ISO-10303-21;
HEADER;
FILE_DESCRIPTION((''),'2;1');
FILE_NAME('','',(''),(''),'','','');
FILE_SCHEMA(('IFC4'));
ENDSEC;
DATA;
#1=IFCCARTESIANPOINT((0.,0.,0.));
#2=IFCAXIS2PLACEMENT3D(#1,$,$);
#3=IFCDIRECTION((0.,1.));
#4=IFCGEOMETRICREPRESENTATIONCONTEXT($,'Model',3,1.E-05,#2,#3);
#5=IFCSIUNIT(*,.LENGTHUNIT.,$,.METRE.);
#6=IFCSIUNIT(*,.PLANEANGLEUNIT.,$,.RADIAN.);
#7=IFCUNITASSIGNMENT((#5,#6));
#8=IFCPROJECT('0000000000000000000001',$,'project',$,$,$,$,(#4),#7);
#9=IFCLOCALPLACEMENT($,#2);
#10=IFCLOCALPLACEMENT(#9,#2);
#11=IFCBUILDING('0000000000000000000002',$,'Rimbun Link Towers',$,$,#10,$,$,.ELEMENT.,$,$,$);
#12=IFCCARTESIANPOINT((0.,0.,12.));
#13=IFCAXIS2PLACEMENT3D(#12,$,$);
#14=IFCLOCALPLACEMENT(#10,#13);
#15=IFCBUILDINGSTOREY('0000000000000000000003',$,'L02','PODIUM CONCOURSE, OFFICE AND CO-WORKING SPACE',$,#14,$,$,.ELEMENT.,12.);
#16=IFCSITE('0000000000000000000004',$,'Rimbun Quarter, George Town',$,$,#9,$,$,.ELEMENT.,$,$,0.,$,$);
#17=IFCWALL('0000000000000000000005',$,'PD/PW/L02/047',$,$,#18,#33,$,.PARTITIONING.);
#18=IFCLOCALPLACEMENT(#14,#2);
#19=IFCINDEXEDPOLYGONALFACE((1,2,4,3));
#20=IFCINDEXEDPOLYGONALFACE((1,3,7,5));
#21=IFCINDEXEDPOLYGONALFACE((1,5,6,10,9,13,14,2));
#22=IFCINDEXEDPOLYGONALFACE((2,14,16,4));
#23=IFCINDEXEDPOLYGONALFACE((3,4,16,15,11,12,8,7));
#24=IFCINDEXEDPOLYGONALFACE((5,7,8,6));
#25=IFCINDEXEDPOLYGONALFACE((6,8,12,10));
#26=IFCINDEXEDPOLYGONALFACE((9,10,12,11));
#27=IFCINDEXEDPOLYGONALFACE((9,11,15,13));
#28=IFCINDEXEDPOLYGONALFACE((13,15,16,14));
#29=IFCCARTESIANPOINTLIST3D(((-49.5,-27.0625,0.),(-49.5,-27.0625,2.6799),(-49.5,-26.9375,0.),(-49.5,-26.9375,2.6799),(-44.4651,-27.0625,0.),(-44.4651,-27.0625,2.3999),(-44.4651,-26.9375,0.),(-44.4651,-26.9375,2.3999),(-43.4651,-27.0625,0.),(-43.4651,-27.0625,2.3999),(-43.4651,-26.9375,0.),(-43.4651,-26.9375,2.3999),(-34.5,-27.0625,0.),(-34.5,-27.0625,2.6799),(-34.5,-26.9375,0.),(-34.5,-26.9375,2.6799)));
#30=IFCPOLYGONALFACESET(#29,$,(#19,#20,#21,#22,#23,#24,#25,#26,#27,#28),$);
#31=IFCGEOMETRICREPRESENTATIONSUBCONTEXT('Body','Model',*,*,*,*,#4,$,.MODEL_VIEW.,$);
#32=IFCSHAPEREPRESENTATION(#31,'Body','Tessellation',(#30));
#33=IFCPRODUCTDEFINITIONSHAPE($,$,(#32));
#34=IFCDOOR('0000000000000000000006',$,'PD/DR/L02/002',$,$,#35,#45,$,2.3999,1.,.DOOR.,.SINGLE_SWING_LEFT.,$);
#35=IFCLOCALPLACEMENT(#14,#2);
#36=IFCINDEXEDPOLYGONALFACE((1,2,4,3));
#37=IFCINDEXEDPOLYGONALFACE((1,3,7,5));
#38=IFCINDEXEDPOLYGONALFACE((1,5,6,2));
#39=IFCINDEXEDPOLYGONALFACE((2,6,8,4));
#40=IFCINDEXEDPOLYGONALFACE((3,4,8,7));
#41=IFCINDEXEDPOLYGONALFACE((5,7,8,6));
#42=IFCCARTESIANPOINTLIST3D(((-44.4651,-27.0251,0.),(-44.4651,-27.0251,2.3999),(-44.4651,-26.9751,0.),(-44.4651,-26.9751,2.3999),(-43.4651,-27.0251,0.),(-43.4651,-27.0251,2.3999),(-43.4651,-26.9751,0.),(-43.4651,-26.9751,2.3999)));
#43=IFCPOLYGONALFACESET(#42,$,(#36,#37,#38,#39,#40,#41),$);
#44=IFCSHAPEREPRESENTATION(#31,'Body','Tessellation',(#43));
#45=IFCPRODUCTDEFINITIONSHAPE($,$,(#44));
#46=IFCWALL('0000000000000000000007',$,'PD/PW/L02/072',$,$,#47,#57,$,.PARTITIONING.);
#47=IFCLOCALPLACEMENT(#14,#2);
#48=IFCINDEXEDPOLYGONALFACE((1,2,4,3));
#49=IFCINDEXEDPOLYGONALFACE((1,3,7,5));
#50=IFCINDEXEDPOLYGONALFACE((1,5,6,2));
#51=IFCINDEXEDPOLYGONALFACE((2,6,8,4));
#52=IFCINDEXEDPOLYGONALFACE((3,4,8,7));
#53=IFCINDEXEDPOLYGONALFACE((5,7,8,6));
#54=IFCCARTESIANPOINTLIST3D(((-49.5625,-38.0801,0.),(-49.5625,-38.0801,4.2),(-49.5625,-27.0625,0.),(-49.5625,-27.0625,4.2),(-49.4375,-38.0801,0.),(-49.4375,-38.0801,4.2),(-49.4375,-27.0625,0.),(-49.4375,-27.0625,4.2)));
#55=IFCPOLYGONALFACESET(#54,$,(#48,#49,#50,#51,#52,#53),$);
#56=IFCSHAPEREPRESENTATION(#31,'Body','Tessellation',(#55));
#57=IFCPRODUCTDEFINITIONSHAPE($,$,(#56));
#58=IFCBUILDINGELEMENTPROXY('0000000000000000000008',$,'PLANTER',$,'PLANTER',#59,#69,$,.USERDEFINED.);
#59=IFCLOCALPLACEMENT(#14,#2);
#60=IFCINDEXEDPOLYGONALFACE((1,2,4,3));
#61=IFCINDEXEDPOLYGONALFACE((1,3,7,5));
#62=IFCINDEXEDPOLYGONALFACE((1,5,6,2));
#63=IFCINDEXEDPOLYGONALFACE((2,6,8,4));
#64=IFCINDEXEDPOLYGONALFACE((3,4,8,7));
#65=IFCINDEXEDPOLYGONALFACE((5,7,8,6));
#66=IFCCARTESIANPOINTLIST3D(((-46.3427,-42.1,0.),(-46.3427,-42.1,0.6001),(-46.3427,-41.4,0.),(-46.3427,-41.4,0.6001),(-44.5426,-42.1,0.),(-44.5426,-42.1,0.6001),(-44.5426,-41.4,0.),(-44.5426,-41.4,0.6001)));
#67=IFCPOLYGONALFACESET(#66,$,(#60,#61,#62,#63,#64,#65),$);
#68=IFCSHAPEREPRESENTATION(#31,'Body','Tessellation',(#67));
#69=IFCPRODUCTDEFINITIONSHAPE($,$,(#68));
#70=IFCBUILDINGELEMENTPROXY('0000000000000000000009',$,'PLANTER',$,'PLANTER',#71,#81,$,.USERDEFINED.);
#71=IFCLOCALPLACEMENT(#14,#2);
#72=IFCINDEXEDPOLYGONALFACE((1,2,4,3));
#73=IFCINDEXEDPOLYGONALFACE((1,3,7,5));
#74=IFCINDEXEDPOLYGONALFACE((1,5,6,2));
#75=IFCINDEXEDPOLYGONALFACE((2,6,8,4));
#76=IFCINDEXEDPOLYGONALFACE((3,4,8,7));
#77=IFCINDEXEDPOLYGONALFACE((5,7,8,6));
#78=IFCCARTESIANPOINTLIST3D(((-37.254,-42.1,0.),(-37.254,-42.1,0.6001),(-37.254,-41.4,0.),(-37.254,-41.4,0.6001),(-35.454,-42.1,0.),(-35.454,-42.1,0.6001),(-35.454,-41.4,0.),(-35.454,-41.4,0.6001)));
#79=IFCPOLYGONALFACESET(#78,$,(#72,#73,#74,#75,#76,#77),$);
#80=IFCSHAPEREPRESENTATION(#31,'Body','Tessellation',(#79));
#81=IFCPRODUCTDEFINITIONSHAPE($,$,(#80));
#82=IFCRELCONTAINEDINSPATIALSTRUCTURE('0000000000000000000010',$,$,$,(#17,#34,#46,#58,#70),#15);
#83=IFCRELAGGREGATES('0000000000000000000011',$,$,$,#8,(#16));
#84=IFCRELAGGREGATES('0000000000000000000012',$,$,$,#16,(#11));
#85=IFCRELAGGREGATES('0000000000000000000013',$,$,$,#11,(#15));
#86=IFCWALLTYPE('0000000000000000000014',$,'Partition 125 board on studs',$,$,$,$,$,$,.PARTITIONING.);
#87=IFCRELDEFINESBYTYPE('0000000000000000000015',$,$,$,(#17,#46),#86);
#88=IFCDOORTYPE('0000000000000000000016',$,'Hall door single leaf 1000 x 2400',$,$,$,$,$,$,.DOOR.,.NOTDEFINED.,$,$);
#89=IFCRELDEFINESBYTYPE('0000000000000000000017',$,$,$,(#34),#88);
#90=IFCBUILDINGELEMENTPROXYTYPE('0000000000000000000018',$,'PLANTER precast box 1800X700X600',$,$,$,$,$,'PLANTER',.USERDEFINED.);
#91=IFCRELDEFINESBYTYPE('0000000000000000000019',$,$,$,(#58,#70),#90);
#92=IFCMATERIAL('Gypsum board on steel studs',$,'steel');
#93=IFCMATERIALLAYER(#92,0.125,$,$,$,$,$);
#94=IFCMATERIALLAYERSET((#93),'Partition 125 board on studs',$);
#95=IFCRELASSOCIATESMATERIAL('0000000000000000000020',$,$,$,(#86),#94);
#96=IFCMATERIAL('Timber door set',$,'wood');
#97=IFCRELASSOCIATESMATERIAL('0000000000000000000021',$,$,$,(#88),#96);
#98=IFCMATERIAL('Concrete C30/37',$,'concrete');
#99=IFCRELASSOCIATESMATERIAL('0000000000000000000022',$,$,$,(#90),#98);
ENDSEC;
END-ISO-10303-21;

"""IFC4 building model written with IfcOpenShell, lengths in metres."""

from ifc_helpers import new_model, si_unit, direction, frame, frame_2d, origin, origin_2d, place, context, subcontext, project, spatial, rectangle, extrude, material, layer, layer_set, type_object, element, fill, save


model = new_model("IFC4")

# Units and contexts
model_context = context("Model", 3, precision=1e-05, world=origin(), true_north=direction((0.0, 1.0)))
body_context = subcontext(model_context, "Body", "Model", "MODEL_VIEW")
ifc_project = project(units=[si_unit("LENGTHUNIT", "METRE"), si_unit("PLANEANGLEUNIT", "RADIAN")], contexts=[model_context])

# Site, building, storey
site_placement = place(None, origin())
site = spatial("IfcSite", under=ifc_project, at=site_placement, Name="Rimbun Quarter, George Town", CompositionType="ELEMENT", RefElevation=0.0)
building_placement = place(site_placement, origin())
building = spatial("IfcBuilding", under=site, at=building_placement, Name="Rimbun Link Towers", CompositionType="ELEMENT")
storey_placement = place(building_placement, frame((0.0, 0.0, 12.0)))
storey = spatial("IfcBuildingStorey", under=building, at=storey_placement, Name="L02", Description="PODIUM CONCOURSE, OFFICE AND CO-WORKING SPACE", CompositionType="ELEMENT", Elevation=12.0)

# Wall, opening, door
ifc_material_1 = material(Name="Gypsum board on steel studs", Category="steel")
ifc_layer_1 = layer(ifc_material_1, 0.125)
ifc_layer_set_1 = layer_set([ifc_layer_1], Name="Partition 125 board on studs")
wall_type_1 = type_object("IfcWallType", Name="Partition 125 board on studs", PredefinedType="PARTITIONING", material=ifc_layer_set_1)
wall_1_placement = place(storey_placement, frame((-49.5, -27.0, 0.0), z_axis=(0.0, 0.0, 1.0), x_axis=(1.0, 0.0, 0.0)))
wall_1 = element("IfcWall", 1, at=wall_1_placement, inside=storey, type_object=wall_type_1, Name="PD/PW/L02/047", PredefinedType="PARTITIONING", context=body_context, shape_type="SweptSolid", body=[
    extrude(rectangle(XDim=15.0, YDim=0.125, at=frame_2d((7.5, 0.0))), origin(), (0.0, 0.0, 1.0), 2.6799),
])
opening_1_placement = place(wall_1_placement, frame((5.0349, 0.0, 0.0)))
opening_1 = element("IfcOpeningElement", 2, at=opening_1_placement, cuts=wall_1, PredefinedType="OPENING", context=body_context, shape_type="SweptSolid", body=[
    extrude(rectangle(XDim=1.0, YDim=2.3999, at=frame_2d((0.5, 1.2))), frame((0.0, 0.0725, 0.0), z_axis=(0.0, -1.0, 0.0), x_axis=(1.0, 0.0, 0.0)), (0.0, 0.0, 1.0), 0.145),
])
ifc_material_2 = material(Name="Timber door set", Category="wood")
door_type = type_object("IfcDoorType", Name="Hall door single leaf 1000 x 2400", OperationType="NOTDEFINED", PredefinedType="DOOR", material=ifc_material_2)
door_placement = place(opening_1_placement, origin())
door = element("IfcDoor", 3, at=door_placement, inside=storey, type_object=door_type, Name="PD/DR/L02/002", OperationType="SINGLE_SWING_LEFT", OverallHeight=2.3999, OverallWidth=1.0, PredefinedType="DOOR", context=body_context, shape_type="SweptSolid", body=[
    extrude(rectangle(XDim=1.0, YDim=2.3999, at=frame_2d((0.5, 1.2))), frame((0.0, 0.0249, 0.0), z_axis=(0.0, -1.0, 0.0), x_axis=(1.0, 0.0, 0.0)), (0.0, 0.0, 1.0), 0.05),
])
fill(opening_1, door)

# Wall
wall_2_placement = place(storey_placement, frame((-49.5, -38.0801, 0.0), z_axis=(0.0, 0.0, 1.0), x_axis=(0.0, 1.0, 0.0)))
element("IfcWall", 4, at=wall_2_placement, inside=storey, type_object=wall_type_1, Name="PD/PW/L02/072", PredefinedType="PARTITIONING", context=body_context, shape_type="SweptSolid", body=[
    extrude(rectangle(XDim=11.0176, YDim=0.125, at=frame_2d((5.5088, 0.0))), origin(), (0.0, 0.0, 1.0), 4.2),
])

# Building element proxies
ifc_material_3 = material(Name="Concrete C30/37", Category="concrete")
building_element_proxy_type = type_object("IfcBuildingElementProxyType", Name="PLANTER precast box 1800X700X600", ElementType="PLANTER", PredefinedType="USERDEFINED", material=ifc_material_3)
for number, where, z_axis, x_axis, name in (
    (5, (-45.4426, -41.75, 0.0), (0.0, 0.0, 1.0), (1.0, 0.0, 0.0), "PLANTER"),
    (6, (-36.354, -41.75, 0.0), (0.0, 0.0, 1.0), (1.0, 0.0, 0.0), "PLANTER"),
):
    element("IfcBuildingElementProxy", number, at=place(storey_placement, frame(where, z_axis=z_axis, x_axis=x_axis)), inside=storey, type_object=building_element_proxy_type, Name=name, ObjectType="PLANTER", PredefinedType="USERDEFINED", context=body_context, shape_type="SweptSolid", body=[
        extrude(rectangle(XDim=1.8, YDim=0.7, at=origin_2d()), origin(), (0.0, 0.0, 1.0), 0.6001),
    ])

save(model, "model.ifc")
